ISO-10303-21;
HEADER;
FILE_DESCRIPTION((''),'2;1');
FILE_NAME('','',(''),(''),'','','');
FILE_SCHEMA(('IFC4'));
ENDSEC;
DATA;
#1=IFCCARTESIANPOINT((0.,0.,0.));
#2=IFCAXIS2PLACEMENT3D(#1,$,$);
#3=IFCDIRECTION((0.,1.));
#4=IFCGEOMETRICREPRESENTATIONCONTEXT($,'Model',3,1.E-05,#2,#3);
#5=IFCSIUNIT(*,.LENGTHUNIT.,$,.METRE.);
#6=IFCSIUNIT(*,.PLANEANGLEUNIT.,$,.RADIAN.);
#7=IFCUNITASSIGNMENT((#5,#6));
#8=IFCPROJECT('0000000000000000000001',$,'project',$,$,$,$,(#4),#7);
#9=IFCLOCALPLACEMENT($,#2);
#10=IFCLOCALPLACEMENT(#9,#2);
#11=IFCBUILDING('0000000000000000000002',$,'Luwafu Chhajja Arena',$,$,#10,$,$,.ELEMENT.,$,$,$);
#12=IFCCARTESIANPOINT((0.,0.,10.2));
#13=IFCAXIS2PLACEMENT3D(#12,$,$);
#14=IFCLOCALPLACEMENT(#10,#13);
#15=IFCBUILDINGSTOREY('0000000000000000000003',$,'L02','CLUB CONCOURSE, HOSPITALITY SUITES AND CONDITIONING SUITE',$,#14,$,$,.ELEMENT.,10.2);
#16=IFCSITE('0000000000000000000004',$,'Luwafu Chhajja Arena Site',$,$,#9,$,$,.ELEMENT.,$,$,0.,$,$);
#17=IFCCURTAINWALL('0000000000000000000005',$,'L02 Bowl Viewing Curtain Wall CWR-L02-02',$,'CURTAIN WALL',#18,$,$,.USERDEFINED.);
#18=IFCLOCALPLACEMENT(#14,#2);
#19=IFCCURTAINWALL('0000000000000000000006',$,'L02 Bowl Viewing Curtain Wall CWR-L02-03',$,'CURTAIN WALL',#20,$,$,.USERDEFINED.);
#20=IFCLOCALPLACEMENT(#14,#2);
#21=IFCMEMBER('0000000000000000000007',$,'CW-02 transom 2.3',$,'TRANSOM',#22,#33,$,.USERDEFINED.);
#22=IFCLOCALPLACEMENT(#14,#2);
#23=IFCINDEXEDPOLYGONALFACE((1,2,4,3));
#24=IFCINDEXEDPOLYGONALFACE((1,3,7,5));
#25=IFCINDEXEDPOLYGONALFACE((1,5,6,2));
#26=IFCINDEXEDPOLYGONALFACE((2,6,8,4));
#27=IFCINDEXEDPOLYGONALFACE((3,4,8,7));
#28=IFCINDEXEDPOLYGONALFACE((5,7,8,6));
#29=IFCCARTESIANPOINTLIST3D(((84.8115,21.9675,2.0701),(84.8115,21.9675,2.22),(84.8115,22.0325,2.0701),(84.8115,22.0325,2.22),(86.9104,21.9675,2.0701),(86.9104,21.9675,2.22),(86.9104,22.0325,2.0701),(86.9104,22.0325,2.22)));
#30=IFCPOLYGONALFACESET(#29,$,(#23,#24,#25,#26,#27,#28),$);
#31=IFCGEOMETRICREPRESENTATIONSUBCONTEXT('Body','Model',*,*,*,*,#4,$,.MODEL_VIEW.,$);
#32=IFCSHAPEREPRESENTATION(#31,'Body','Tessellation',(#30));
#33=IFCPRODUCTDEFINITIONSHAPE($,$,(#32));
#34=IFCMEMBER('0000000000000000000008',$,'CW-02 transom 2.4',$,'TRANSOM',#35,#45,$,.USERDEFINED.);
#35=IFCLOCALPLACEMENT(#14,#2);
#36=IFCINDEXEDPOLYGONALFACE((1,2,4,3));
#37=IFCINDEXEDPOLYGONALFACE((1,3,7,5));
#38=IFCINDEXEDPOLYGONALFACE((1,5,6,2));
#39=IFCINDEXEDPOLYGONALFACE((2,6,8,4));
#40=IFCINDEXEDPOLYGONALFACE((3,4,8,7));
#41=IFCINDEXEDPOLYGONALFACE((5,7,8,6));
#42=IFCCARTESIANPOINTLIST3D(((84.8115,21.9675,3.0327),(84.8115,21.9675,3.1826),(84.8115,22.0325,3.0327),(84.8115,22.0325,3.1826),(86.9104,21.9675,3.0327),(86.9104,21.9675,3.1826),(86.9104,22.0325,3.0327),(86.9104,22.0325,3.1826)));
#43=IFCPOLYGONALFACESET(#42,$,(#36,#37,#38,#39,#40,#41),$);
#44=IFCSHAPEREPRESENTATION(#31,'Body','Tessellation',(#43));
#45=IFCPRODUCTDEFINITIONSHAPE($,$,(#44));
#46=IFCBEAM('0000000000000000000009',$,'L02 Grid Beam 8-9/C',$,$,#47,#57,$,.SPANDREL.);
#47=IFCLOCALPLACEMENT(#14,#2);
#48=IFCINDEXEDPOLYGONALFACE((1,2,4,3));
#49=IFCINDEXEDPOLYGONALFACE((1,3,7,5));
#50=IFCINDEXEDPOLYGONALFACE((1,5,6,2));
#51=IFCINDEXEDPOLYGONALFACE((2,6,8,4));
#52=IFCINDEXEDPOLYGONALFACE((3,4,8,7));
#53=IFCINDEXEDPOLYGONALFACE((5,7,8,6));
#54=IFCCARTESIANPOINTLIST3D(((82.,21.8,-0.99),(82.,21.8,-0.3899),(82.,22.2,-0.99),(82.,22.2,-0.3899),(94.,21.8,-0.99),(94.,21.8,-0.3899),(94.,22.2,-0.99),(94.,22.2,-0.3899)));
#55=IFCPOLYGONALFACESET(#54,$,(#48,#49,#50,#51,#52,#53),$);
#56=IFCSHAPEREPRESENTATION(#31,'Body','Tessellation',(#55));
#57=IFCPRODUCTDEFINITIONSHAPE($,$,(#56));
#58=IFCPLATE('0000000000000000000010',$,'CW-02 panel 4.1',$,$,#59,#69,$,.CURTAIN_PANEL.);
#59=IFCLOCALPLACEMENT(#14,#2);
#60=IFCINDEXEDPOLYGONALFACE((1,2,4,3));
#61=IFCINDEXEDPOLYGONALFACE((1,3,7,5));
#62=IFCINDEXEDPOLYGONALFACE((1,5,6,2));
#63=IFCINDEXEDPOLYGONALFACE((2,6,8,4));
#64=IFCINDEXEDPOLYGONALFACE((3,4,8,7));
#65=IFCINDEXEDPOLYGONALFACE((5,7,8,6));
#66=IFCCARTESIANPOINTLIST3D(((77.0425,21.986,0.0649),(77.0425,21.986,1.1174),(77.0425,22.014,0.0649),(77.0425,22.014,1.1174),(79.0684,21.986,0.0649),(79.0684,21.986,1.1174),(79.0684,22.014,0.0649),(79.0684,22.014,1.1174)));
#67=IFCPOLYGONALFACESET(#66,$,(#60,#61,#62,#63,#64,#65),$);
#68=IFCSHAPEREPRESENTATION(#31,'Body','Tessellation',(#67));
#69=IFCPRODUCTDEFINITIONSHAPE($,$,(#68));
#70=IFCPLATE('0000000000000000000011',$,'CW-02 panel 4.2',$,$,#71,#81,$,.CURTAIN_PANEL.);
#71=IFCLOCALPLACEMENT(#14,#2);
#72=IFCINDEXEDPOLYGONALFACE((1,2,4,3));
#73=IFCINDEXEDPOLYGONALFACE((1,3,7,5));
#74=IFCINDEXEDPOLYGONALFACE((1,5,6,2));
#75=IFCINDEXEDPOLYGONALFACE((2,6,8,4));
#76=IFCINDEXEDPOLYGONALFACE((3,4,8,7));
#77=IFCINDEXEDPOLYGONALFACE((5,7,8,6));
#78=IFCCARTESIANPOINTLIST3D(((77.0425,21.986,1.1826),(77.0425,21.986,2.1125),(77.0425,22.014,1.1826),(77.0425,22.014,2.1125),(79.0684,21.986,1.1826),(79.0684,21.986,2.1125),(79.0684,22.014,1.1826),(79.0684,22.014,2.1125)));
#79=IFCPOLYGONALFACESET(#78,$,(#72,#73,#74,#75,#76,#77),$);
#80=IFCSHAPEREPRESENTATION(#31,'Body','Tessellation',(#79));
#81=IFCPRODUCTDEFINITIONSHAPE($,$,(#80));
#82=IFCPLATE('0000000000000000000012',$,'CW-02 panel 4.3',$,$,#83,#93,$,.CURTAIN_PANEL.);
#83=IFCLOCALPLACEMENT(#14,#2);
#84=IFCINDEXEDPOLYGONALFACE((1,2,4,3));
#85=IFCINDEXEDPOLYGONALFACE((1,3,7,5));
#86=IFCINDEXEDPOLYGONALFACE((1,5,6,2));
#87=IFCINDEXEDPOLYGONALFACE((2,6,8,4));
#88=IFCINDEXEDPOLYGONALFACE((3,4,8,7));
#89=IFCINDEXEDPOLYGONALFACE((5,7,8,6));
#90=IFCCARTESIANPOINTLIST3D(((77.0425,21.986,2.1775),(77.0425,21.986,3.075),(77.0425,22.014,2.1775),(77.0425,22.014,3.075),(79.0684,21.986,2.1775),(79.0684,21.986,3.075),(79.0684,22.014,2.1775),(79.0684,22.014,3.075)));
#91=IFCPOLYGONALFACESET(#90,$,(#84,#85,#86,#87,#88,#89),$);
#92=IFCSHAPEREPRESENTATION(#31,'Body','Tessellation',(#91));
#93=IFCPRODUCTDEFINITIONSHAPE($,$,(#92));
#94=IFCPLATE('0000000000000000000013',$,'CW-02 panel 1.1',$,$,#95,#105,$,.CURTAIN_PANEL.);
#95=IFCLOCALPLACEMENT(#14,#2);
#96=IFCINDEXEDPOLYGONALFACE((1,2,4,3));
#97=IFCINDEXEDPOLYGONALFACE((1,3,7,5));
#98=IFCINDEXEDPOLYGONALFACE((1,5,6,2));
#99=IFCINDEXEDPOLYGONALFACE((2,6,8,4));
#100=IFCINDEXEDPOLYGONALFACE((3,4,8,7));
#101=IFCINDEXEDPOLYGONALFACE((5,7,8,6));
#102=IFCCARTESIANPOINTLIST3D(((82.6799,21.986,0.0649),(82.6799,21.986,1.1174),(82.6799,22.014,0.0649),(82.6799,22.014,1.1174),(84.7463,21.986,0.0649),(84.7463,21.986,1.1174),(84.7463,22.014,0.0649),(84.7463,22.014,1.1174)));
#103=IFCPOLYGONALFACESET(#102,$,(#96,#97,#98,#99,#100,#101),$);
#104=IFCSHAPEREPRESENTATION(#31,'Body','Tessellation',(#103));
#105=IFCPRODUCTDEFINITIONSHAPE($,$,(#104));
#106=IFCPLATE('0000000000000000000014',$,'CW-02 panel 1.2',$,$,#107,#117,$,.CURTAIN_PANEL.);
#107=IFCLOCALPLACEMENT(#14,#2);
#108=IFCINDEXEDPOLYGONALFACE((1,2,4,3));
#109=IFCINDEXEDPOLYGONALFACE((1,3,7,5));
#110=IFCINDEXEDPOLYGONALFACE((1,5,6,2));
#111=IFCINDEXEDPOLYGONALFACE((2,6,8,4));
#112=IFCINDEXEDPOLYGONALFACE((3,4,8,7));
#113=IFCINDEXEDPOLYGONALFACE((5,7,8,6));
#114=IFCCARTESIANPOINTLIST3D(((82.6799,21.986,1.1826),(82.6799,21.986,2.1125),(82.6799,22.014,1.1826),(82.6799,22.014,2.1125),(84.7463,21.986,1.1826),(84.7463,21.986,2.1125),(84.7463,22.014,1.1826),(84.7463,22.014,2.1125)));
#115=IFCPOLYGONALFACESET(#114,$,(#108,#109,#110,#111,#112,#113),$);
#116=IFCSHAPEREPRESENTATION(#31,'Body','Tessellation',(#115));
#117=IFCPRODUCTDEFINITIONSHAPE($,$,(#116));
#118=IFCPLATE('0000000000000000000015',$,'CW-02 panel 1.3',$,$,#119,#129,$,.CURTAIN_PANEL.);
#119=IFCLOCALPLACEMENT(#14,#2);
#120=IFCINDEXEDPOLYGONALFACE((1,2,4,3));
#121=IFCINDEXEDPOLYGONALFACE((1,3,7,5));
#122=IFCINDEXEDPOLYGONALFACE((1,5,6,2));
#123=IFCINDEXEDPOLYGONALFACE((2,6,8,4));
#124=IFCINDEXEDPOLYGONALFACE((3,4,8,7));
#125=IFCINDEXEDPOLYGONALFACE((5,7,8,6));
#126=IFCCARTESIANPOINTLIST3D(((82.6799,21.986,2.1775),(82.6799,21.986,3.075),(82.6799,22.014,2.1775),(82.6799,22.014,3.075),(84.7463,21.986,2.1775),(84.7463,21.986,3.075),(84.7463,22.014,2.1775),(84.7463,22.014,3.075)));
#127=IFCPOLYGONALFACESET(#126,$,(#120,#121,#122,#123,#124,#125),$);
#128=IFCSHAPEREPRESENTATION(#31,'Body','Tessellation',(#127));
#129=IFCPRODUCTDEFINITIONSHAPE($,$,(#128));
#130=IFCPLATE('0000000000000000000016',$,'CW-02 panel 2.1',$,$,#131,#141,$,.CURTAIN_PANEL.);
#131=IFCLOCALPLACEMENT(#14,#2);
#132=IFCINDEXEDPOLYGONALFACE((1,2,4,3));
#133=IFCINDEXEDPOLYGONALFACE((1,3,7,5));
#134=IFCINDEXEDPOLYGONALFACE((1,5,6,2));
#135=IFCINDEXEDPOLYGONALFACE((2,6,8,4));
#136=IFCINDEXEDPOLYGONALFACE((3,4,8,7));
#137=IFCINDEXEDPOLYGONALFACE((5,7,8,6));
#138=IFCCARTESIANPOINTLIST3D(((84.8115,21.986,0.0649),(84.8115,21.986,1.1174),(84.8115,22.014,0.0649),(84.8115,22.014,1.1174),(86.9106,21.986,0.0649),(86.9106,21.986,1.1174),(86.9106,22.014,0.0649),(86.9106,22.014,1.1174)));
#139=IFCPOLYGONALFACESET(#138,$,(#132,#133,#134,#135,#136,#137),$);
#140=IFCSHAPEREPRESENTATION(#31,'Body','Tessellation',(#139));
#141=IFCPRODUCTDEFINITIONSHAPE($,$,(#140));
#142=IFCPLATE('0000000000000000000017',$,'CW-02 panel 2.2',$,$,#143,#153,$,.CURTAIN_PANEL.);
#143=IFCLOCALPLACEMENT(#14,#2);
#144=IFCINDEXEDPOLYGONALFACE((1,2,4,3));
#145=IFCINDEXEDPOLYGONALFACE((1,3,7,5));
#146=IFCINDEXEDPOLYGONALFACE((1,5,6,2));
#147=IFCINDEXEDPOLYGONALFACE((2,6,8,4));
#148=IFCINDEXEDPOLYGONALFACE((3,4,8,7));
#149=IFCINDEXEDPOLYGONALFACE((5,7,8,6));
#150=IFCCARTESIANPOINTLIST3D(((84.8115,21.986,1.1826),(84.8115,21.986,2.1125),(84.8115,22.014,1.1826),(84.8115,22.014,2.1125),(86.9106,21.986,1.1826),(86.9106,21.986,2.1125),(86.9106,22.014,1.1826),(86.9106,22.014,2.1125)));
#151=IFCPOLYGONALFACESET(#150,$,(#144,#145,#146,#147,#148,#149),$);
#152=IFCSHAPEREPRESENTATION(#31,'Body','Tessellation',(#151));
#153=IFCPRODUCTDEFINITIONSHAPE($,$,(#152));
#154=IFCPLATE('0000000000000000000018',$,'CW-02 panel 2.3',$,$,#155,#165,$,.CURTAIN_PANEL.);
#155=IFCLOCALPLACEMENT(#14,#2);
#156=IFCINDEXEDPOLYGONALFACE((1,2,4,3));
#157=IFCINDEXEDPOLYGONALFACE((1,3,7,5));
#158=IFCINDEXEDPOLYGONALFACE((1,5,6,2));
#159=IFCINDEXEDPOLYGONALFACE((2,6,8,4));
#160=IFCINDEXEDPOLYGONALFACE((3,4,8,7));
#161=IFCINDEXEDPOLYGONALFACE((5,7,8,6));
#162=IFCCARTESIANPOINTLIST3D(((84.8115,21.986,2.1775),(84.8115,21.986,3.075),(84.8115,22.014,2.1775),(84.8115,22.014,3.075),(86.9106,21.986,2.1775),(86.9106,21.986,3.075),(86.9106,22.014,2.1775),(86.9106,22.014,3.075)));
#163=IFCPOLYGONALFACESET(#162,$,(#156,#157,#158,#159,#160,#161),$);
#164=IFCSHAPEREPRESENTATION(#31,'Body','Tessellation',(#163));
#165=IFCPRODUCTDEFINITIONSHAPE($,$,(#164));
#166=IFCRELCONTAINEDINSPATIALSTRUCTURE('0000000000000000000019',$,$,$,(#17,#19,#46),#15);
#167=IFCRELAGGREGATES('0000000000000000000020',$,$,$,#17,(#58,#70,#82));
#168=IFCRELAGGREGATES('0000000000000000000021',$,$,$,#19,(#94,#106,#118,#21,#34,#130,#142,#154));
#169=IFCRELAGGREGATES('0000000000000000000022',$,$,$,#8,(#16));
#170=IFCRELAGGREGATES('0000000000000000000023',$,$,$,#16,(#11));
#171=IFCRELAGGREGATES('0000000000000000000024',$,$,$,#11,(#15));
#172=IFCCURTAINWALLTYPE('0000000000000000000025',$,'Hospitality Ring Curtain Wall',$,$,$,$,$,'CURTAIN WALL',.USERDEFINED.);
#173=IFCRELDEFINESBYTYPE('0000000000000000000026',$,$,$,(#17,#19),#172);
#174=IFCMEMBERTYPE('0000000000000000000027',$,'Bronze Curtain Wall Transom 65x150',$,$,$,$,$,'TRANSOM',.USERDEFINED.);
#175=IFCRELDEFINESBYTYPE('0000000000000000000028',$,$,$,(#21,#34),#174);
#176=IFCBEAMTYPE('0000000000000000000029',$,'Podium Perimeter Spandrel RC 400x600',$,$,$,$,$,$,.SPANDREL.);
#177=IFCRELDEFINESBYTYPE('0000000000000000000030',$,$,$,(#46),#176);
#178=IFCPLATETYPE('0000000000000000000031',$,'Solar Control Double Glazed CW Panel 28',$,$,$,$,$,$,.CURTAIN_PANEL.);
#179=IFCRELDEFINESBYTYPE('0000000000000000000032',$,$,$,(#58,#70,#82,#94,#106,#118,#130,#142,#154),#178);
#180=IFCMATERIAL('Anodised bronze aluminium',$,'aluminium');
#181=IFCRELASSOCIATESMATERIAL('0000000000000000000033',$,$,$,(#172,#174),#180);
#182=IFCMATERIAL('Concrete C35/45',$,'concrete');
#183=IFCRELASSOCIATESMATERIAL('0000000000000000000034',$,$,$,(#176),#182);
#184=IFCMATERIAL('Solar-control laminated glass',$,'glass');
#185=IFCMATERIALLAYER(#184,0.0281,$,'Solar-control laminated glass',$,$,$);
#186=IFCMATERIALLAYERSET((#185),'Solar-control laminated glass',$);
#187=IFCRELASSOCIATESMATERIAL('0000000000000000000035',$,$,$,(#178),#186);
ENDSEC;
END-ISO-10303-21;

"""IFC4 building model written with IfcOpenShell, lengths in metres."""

from ifc_helpers import new_model, si_unit, direction, frame, origin, origin_2d, place, context, subcontext, project, spatial, rectangle, extrude, material, layer, layer_set, material_profile, profile_set, type_object, element, aggregate, save


model = new_model("IFC4")

# Units and contexts
model_context = context("Model", 3, precision=1e-05, world=origin(), true_north=direction((0.0, 1.0)))
body_context = subcontext(model_context, "Body", "Model", "MODEL_VIEW")
ifc_project = project(units=[si_unit("LENGTHUNIT", "METRE"), si_unit("PLANEANGLEUNIT", "RADIAN")], contexts=[model_context])

# Site, building, storey
site_placement = place(None, origin())
site = spatial("IfcSite", under=ifc_project, at=site_placement, Name="Luwafu Chhajja Arena Site", CompositionType="ELEMENT", RefElevation=0.0)
building_placement = place(site_placement, origin())
building = spatial("IfcBuilding", under=site, at=building_placement, Name="Luwafu Chhajja Arena", CompositionType="ELEMENT")
storey_placement = place(building_placement, frame((0.0, 0.0, 10.2)))
storey = spatial("IfcBuildingStorey", under=building, at=storey_placement, Name="L02", Description="CLUB CONCOURSE, HOSPITALITY SUITES AND CONDITIONING SUITE", CompositionType="ELEMENT", Elevation=10.2)

# Curtain wall
ifc_material_1 = material(Name="Anodised bronze aluminium", Category="aluminium")
curtain_wall_type = type_object("IfcCurtainWallType", Name="Hospitality Ring Curtain Wall", ElementType="CURTAIN WALL", PredefinedType="USERDEFINED", material=ifc_material_1)
curtain_wall_1_placement = place(storey_placement, origin())
curtain_wall_1 = element("IfcCurtainWall", 1, at=curtain_wall_1_placement, inside=storey, type_object=curtain_wall_type, Name="L02 Bowl Viewing Curtain Wall CWR-L02-02", ObjectType="CURTAIN WALL", PredefinedType="USERDEFINED")

# Curtain wall
curtain_wall_2_placement = place(storey_placement, origin())
curtain_wall_2 = element("IfcCurtainWall", 2, at=curtain_wall_2_placement, inside=storey, type_object=curtain_wall_type, Name="L02 Bowl Viewing Curtain Wall CWR-L02-03", ObjectType="CURTAIN WALL", PredefinedType="USERDEFINED")

# Members
ifc_material_profile_1 = material_profile(ifc_material_1, rectangle(XDim=0.0649, YDim=0.1499, at=origin_2d()), Name="CWT 65x150")
ifc_profile_set_1 = profile_set([ifc_material_profile_1], Name="Anodised bronze aluminium")
member_type_1 = type_object("IfcMemberType", Name="Bronze Curtain Wall Transom 65x150", ElementType="TRANSOM", PredefinedType="USERDEFINED", material=ifc_profile_set_1)
member_1_placement = place(storey_placement, frame((84.8115, 22.0, 2.145), z_axis=(1.0, 0.0, 0.0), x_axis=(0.0, 1.0, 0.0)))
member_1 = element("IfcMember", 3, at=member_1_placement, type_object=member_type_1, Name="CW-02 transom 2.3", ObjectType="TRANSOM", PredefinedType="USERDEFINED", context=body_context, shape_type="SweptSolid", body=[
    extrude(rectangle(XDim=0.0649, YDim=0.1499, at=origin_2d()), origin(), (0.0, 0.0, 1.0), 2.0989),
])
member_2_placement = place(storey_placement, frame((84.8115, 22.0, 3.1077), z_axis=(1.0, 0.0, 0.0), x_axis=(0.0, 1.0, 0.0)))
member_2 = element("IfcMember", 4, at=member_2_placement, type_object=member_type_1, Name="CW-02 transom 2.4", ObjectType="TRANSOM", PredefinedType="USERDEFINED", context=body_context, shape_type="SweptSolid", body=[
    extrude(rectangle(XDim=0.0649, YDim=0.1499, at=origin_2d()), origin(), (0.0, 0.0, 1.0), 2.0989),
])

# Beam
ifc_material_2 = material(Name="Concrete C35/45", Category="concrete")
ifc_material_profile_2 = material_profile(ifc_material_2, rectangle(XDim=0.3999, YDim=0.6001, at=origin_2d()), Name="RC 400x600")
ifc_profile_set_2 = profile_set([ifc_material_profile_2], Name="Concrete C35/45")
beam_type = type_object("IfcBeamType", Name="Podium Perimeter Spandrel RC 400x600", PredefinedType="SPANDREL", material=ifc_profile_set_2)
beam_placement = place(storey_placement, frame((82.0, 22.0, -0.6899), z_axis=(1.0, 0.0, 0.0), x_axis=(0.0, 1.0, 0.0)))
element("IfcBeam", 5, at=beam_placement, inside=storey, type_object=beam_type, Name="L02 Grid Beam 8-9/C", PredefinedType="SPANDREL", context=body_context, shape_type="SweptSolid", body=[
    extrude(rectangle(XDim=0.3999, YDim=0.6001, at=origin_2d()), origin(), (0.0, 0.0, 1.0), 12.0),
])

# Plates
ifc_material_3 = material(Name="Solar-control laminated glass", Category="glass")
ifc_layer = layer(ifc_material_3, 0.0281, Name="Solar-control laminated glass")
ifc_layer_set = layer_set([ifc_layer], Name="Solar-control laminated glass")
plate_type = type_object("IfcPlateType", Name="Solar Control Double Glazed CW Panel 28", PredefinedType="CURTAIN_PANEL", material=ifc_layer_set)
plate_1_placement = place(storey_placement, frame((78.0554, 22.0, 0.0649), z_axis=(0.0, 0.0, 1.0), x_axis=(1.0, 0.0, 0.0)))
plate_1 = element("IfcPlate", 6, at=plate_1_placement, type_object=plate_type, Name="CW-02 panel 4.1", PredefinedType="CURTAIN_PANEL", context=body_context, shape_type="SweptSolid", body=[
    extrude(rectangle(XDim=2.0259, YDim=0.0281, at=origin_2d()), origin(), (0.0, 0.0, 1.0), 1.0525),
])
plate_2_placement = place(storey_placement, frame((78.0554, 22.0, 1.1826), z_axis=(0.0, 0.0, 1.0), x_axis=(1.0, 0.0, 0.0)))
plate_2 = element("IfcPlate", 7, at=plate_2_placement, type_object=plate_type, Name="CW-02 panel 4.2", PredefinedType="CURTAIN_PANEL", context=body_context, shape_type="SweptSolid", body=[
    extrude(rectangle(XDim=2.0259, YDim=0.0281, at=origin_2d()), origin(), (0.0, 0.0, 1.0), 0.9299),
])
plate_3_placement = place(storey_placement, frame((78.0554, 22.0, 2.1775), z_axis=(0.0, 0.0, 1.0), x_axis=(1.0, 0.0, 0.0)))
plate_3 = element("IfcPlate", 8, at=plate_3_placement, type_object=plate_type, Name="CW-02 panel 4.3", PredefinedType="CURTAIN_PANEL", context=body_context, shape_type="SweptSolid", body=[
    extrude(rectangle(XDim=2.0259, YDim=0.0281, at=origin_2d()), origin(), (0.0, 0.0, 1.0), 0.8975),
])
aggregate(curtain_wall_1, [plate_1, plate_2, plate_3])
plate_4_placement = place(storey_placement, frame((83.7131, 22.0, 0.0649), z_axis=(0.0, 0.0, 1.0), x_axis=(1.0, 0.0, 0.0)))
plate_4 = element("IfcPlate", 9, at=plate_4_placement, type_object=plate_type, Name="CW-02 panel 1.1", PredefinedType="CURTAIN_PANEL", context=body_context, shape_type="SweptSolid", body=[
    extrude(rectangle(XDim=2.0664, YDim=0.0281, at=origin_2d()), origin(), (0.0, 0.0, 1.0), 1.0525),
])
plate_5_placement = place(storey_placement, frame((83.7131, 22.0, 1.1826), z_axis=(0.0, 0.0, 1.0), x_axis=(1.0, 0.0, 0.0)))
plate_5 = element("IfcPlate", 10, at=plate_5_placement, type_object=plate_type, Name="CW-02 panel 1.2", PredefinedType="CURTAIN_PANEL", context=body_context, shape_type="SweptSolid", body=[
    extrude(rectangle(XDim=2.0664, YDim=0.0281, at=origin_2d()), origin(), (0.0, 0.0, 1.0), 0.9299),
])
plate_6_placement = place(storey_placement, frame((83.7131, 22.0, 2.1775), z_axis=(0.0, 0.0, 1.0), x_axis=(1.0, 0.0, 0.0)))
plate_6 = element("IfcPlate", 11, at=plate_6_placement, type_object=plate_type, Name="CW-02 panel 1.3", PredefinedType="CURTAIN_PANEL", context=body_context, shape_type="SweptSolid", body=[
    extrude(rectangle(XDim=2.0664, YDim=0.0281, at=origin_2d()), origin(), (0.0, 0.0, 1.0), 0.8975),
])
plate_7_placement = place(storey_placement, frame((85.8611, 22.0, 0.0649), z_axis=(0.0, 0.0, 1.0), x_axis=(1.0, 0.0, 0.0)))
plate_7 = element("IfcPlate", 12, at=plate_7_placement, type_object=plate_type, Name="CW-02 panel 2.1", PredefinedType="CURTAIN_PANEL", context=body_context, shape_type="SweptSolid", body=[
    extrude(rectangle(XDim=2.0991, YDim=0.0281, at=origin_2d()), origin(), (0.0, 0.0, 1.0), 1.0525),
])
plate_8_placement = place(storey_placement, frame((85.8611, 22.0, 1.1826), z_axis=(0.0, 0.0, 1.0), x_axis=(1.0, 0.0, 0.0)))
plate_8 = element("IfcPlate", 13, at=plate_8_placement, type_object=plate_type, Name="CW-02 panel 2.2", PredefinedType="CURTAIN_PANEL", context=body_context, shape_type="SweptSolid", body=[
    extrude(rectangle(XDim=2.0991, YDim=0.0281, at=origin_2d()), origin(), (0.0, 0.0, 1.0), 0.9299),
])
plate_9_placement = place(storey_placement, frame((85.8611, 22.0, 2.1775), z_axis=(0.0, 0.0, 1.0), x_axis=(1.0, 0.0, 0.0)))
plate_9 = element("IfcPlate", 14, at=plate_9_placement, type_object=plate_type, Name="CW-02 panel 2.3", PredefinedType="CURTAIN_PANEL", context=body_context, shape_type="SweptSolid", body=[
    extrude(rectangle(XDim=2.0991, YDim=0.0281, at=origin_2d()), origin(), (0.0, 0.0, 1.0), 0.8975),
])
aggregate(curtain_wall_2, [plate_4, plate_5, plate_6, member_1, member_2, plate_7, plate_8, plate_9])

save(model, "model.ifc")
